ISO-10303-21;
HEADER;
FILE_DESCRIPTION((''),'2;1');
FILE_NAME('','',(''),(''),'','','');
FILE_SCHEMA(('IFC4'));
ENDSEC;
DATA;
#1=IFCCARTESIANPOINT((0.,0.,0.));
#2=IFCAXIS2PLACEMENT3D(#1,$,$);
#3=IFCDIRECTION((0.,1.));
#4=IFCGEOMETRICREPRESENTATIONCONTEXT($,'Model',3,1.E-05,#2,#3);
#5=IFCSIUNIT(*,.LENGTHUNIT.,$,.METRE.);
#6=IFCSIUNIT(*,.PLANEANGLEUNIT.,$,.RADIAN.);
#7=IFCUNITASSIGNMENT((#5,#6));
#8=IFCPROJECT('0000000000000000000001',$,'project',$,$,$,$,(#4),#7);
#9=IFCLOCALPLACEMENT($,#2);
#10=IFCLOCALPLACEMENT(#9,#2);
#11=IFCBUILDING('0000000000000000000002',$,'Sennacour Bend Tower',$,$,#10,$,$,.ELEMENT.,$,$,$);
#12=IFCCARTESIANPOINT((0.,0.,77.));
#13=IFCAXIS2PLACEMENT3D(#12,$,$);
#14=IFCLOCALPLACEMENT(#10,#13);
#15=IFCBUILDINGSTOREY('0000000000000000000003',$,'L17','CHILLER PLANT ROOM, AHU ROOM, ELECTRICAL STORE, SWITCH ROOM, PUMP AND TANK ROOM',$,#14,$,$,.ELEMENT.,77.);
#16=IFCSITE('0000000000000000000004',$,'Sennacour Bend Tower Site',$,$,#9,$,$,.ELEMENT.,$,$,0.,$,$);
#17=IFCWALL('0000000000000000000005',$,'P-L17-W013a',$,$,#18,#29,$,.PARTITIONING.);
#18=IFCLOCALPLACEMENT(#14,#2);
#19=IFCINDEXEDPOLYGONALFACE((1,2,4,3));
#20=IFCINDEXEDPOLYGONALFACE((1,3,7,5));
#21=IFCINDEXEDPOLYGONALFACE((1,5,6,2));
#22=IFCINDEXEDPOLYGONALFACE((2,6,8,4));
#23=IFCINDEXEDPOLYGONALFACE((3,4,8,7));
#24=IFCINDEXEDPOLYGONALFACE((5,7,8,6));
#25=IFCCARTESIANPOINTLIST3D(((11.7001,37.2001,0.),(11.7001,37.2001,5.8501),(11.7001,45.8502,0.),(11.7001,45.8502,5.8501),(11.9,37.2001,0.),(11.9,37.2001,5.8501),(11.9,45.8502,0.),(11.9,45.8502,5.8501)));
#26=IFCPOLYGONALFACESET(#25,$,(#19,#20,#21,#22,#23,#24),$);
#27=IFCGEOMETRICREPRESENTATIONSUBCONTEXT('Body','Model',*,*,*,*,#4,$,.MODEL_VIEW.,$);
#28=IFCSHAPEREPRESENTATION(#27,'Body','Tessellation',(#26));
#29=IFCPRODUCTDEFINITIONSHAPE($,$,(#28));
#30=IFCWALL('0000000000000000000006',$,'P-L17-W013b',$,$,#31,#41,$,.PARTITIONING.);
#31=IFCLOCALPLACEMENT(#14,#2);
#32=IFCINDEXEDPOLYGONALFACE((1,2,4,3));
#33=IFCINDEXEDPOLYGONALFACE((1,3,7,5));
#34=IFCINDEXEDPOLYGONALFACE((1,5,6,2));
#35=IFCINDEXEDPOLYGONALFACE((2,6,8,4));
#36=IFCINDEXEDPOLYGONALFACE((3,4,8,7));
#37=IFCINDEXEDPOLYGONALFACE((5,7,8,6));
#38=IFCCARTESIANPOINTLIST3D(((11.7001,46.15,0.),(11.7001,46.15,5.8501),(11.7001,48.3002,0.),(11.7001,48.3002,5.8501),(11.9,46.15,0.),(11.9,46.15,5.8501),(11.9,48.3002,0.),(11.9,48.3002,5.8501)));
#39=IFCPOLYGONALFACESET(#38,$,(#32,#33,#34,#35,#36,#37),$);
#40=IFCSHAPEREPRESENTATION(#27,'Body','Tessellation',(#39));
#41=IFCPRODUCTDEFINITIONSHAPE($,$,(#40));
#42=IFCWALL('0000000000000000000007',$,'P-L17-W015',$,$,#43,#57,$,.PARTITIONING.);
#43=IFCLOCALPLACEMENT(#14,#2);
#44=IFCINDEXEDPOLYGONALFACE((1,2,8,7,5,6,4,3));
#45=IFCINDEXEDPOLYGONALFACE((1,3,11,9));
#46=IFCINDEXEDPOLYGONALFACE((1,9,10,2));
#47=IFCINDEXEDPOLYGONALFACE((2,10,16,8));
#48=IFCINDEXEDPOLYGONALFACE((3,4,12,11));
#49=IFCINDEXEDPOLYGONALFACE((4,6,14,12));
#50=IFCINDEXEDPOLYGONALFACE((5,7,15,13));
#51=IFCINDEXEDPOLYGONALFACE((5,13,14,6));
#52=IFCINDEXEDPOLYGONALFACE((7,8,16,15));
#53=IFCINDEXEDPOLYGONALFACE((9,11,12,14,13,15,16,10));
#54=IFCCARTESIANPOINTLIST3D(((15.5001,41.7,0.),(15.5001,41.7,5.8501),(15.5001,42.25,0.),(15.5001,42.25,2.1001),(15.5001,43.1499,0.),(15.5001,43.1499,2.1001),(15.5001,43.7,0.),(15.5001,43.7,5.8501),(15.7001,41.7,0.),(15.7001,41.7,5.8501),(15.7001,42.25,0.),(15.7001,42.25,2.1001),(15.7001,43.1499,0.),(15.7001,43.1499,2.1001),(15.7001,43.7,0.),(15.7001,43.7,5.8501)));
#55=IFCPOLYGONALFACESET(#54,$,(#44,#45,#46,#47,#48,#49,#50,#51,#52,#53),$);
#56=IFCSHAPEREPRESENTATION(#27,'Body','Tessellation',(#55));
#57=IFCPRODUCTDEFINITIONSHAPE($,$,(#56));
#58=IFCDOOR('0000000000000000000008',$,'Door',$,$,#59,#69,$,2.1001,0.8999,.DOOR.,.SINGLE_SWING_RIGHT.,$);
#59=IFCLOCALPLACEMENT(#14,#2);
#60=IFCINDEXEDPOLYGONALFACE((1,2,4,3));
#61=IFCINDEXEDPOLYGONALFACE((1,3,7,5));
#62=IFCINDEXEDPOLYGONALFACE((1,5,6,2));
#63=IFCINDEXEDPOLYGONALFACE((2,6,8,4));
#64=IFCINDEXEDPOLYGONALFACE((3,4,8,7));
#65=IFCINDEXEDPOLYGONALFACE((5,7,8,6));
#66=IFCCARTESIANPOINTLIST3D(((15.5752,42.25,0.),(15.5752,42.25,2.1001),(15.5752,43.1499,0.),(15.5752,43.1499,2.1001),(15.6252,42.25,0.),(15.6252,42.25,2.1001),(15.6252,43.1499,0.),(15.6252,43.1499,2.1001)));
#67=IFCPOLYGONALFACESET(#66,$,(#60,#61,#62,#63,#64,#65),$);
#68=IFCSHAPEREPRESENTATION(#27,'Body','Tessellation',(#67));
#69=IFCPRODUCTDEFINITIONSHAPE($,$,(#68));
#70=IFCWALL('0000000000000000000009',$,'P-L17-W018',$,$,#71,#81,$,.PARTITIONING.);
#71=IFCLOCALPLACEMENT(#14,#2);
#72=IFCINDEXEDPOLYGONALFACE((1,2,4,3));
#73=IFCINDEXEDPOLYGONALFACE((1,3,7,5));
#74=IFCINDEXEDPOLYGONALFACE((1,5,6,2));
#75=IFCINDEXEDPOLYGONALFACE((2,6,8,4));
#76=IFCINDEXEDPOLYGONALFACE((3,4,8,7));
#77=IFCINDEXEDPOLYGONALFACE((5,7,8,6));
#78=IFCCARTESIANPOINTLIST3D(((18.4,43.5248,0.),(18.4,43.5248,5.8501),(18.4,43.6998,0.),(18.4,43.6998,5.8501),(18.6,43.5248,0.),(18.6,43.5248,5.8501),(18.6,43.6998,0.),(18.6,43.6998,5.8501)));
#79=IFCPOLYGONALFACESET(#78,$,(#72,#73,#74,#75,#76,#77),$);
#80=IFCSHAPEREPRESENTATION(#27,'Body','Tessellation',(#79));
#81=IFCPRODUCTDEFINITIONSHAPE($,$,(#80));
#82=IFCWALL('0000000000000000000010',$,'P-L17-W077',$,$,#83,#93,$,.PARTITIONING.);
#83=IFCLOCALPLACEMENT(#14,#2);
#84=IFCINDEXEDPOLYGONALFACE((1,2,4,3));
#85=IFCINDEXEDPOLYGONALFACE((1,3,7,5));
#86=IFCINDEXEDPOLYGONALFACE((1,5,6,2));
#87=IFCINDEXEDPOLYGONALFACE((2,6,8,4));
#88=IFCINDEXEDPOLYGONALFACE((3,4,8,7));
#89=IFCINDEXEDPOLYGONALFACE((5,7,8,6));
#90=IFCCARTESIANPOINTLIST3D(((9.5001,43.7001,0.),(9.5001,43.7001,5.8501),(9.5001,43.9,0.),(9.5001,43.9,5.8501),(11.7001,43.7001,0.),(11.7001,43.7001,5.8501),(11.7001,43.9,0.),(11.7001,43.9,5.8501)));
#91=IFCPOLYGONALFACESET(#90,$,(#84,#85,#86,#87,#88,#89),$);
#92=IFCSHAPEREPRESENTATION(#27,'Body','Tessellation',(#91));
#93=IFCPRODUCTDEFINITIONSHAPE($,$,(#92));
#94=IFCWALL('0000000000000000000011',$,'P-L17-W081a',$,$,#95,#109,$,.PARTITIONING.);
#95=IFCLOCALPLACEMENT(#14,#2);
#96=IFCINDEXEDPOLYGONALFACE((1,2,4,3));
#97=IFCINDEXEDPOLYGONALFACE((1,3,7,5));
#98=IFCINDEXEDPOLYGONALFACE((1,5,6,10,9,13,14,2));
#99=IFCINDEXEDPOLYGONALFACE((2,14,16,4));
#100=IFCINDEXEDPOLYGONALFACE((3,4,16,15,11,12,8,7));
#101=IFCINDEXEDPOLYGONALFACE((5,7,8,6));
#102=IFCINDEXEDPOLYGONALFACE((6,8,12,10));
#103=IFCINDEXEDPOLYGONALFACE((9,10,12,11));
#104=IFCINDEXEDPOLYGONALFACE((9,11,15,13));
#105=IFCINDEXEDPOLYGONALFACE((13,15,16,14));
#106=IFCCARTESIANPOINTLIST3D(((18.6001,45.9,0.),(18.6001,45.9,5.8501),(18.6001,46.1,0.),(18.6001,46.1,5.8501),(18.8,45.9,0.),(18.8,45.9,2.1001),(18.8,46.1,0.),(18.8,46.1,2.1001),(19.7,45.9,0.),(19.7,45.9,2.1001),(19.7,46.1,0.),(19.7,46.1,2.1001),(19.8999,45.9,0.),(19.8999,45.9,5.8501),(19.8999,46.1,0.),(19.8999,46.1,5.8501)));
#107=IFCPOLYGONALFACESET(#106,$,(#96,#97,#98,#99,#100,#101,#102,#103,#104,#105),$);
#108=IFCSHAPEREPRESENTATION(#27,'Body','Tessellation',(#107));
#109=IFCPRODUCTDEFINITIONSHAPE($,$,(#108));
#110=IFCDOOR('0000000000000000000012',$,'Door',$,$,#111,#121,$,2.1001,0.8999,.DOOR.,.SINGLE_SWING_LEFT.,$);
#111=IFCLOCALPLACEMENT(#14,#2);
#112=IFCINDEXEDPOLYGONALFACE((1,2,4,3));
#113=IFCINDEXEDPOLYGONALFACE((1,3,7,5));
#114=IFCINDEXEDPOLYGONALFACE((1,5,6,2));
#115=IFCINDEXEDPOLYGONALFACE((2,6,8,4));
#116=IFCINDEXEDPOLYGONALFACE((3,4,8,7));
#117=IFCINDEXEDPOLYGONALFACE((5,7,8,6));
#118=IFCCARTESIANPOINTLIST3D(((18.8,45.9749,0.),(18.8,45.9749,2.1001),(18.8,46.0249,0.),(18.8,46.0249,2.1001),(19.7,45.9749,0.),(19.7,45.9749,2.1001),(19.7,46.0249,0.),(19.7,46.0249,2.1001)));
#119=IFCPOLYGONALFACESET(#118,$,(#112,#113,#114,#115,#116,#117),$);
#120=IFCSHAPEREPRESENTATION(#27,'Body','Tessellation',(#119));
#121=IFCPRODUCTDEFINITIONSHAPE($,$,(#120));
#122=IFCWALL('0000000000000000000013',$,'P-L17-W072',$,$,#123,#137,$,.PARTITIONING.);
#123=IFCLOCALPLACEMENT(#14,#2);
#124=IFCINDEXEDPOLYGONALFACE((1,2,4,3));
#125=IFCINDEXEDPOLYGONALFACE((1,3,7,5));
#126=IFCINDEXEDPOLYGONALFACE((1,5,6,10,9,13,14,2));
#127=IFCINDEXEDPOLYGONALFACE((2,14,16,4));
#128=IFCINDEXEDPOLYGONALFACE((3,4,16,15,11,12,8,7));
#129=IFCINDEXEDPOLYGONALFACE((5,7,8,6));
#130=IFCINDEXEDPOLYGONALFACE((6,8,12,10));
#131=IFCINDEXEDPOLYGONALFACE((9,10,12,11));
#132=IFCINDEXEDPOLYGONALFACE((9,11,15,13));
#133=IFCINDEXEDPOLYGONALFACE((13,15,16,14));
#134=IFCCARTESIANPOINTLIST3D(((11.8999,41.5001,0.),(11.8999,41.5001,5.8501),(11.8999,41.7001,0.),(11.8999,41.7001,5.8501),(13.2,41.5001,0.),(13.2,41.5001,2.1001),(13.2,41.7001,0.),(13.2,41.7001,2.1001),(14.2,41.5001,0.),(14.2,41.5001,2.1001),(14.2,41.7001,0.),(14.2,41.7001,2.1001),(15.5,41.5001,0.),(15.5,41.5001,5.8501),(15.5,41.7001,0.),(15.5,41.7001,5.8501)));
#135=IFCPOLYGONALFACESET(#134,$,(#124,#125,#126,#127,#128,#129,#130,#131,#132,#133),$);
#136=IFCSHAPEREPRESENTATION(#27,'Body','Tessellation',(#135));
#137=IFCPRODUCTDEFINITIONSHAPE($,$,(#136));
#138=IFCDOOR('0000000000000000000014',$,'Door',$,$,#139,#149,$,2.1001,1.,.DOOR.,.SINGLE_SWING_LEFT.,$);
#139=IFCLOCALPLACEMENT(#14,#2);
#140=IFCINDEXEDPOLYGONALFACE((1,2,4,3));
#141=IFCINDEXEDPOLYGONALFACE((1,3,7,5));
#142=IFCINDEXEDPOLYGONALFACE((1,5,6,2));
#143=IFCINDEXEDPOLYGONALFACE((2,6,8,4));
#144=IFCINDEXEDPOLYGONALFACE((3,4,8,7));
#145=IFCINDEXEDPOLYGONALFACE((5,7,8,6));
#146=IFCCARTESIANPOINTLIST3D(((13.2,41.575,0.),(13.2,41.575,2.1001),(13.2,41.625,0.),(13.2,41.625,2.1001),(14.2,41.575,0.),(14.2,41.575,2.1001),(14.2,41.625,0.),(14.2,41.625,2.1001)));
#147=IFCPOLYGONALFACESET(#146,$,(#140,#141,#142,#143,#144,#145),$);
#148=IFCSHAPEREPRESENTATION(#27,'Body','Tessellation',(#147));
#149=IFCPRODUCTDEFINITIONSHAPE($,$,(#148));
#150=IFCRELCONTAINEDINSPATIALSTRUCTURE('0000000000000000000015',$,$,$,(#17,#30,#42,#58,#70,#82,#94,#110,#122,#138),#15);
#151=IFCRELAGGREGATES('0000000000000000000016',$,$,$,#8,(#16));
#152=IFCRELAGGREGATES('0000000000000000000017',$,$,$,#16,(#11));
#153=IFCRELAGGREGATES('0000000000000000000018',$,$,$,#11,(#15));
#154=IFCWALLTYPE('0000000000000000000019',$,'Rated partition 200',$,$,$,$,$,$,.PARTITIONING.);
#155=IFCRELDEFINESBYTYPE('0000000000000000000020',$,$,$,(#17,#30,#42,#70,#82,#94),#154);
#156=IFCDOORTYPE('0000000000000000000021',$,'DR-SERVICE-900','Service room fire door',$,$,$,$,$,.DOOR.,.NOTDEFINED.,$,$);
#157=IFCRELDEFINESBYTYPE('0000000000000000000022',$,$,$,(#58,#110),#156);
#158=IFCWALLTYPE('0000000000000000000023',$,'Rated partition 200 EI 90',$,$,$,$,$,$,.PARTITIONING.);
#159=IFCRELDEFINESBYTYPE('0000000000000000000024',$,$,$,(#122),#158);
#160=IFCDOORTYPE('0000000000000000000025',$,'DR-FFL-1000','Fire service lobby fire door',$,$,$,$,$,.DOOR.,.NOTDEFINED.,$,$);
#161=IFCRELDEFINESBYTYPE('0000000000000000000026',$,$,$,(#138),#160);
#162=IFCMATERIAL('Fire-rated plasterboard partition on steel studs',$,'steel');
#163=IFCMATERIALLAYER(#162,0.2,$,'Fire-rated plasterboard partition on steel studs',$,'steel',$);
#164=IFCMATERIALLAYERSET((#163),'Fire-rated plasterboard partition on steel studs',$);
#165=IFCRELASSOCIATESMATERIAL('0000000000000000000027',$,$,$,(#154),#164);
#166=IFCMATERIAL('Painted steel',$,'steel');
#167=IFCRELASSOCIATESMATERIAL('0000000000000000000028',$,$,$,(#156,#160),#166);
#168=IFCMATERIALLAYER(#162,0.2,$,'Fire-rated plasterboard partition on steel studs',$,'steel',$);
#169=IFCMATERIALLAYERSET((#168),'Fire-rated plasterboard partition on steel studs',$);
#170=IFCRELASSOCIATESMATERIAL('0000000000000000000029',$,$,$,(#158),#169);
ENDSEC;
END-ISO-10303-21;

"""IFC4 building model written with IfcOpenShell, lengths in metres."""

from ifc_helpers import new_model, si_unit, direction, frame, frame_2d, origin, place, context, subcontext, project, spatial, rectangle, extrude, material, layer, layer_set, type_object, element, fill, save


model = new_model("IFC4")

# Units and contexts
model_context = context("Model", 3, precision=1e-05, world=origin(), true_north=direction((0.0, 1.0)))
body_context = subcontext(model_context, "Body", "Model", "MODEL_VIEW")
ifc_project = project(units=[si_unit("LENGTHUNIT", "METRE"), si_unit("PLANEANGLEUNIT", "RADIAN")], contexts=[model_context])

# Site, building, storey
site_placement = place(None, origin())
site = spatial("IfcSite", under=ifc_project, at=site_placement, Name="Sennacour Bend Tower Site", CompositionType="ELEMENT", RefElevation=0.0)
building_placement = place(site_placement, origin())
building = spatial("IfcBuilding", under=site, at=building_placement, Name="Sennacour Bend Tower", CompositionType="ELEMENT")
storey_placement = place(building_placement, frame((0.0, 0.0, 77.0)))
storey = spatial("IfcBuildingStorey", under=building, at=storey_placement, Name="L17", Description="CHILLER PLANT ROOM, AHU ROOM, ELECTRICAL STORE, SWITCH ROOM, PUMP AND TANK ROOM", CompositionType="ELEMENT", Elevation=77.0)

# Walls
ifc_material_1 = material(Name="Fire-rated plasterboard partition on steel studs", Category="steel")
ifc_layer_1 = layer(ifc_material_1, 0.2, Name="Fire-rated plasterboard partition on steel studs", Category="steel")
ifc_layer_set_1 = layer_set([ifc_layer_1], Name="Fire-rated plasterboard partition on steel studs")
wall_type_1 = type_object("IfcWallType", Name="Rated partition 200", PredefinedType="PARTITIONING", material=ifc_layer_set_1)
wall_1_placement = place(storey_placement, frame((11.8, 37.2, 0.0), z_axis=(0.0, 0.0, 1.0), x_axis=(0.0, 1.0, 0.0)))
element("IfcWall", 1, at=wall_1_placement, inside=storey, type_object=wall_type_1, Name="P-L17-W013a", PredefinedType="PARTITIONING", context=body_context, shape_type="SweptSolid", body=[
    extrude(rectangle(XDim=8.6501, YDim=0.2, at=frame_2d((4.3252, 0.0))), origin(), (0.0, 0.0, 1.0), 5.8501),
])
wall_2_placement = place(storey_placement, frame((11.8, 46.1499, 0.0), z_axis=(0.0, 0.0, 1.0), x_axis=(0.0, 1.0, 0.0)))
element("IfcWall", 2, at=wall_2_placement, inside=storey, type_object=wall_type_1, Name="P-L17-W013b", PredefinedType="PARTITIONING", context=body_context, shape_type="SweptSolid", body=[
    extrude(rectangle(XDim=2.1501, YDim=0.2, at=frame_2d((1.0752, 0.0))), origin(), (0.0, 0.0, 1.0), 5.8501),
])

# Wall, opening, door
wall_3_placement = place(storey_placement, frame((15.6001, 41.7, 0.0), z_axis=(0.0, 0.0, 1.0), x_axis=(0.0, 1.0, 0.0)))
wall_3 = element("IfcWall", 3, at=wall_3_placement, inside=storey, type_object=wall_type_1, Name="P-L17-W015", PredefinedType="PARTITIONING", context=body_context, shape_type="SweptSolid", body=[
    extrude(rectangle(XDim=2.0, YDim=0.2, at=frame_2d((1.0, 0.0))), origin(), (0.0, 0.0, 1.0), 5.8501),
])
opening_1_placement = place(wall_3_placement, frame((0.55, 0.0, 0.0)))
opening_1 = element("IfcOpeningElement", 4, at=opening_1_placement, cuts=wall_3, PredefinedType="OPENING", context=body_context, shape_type="SweptSolid", body=[
    extrude(rectangle(XDim=0.8999, YDim=2.1001, at=frame_2d((0.45, 1.05))), frame((0.0, 0.1099, 0.0), z_axis=(0.0, -1.0, 0.0), x_axis=(1.0, 0.0, 0.0)), (0.0, 0.0, 1.0), 0.22),
])
ifc_material_2 = material(Name="Painted steel", Category="steel")
door_type_1 = type_object("IfcDoorType", Name="DR-SERVICE-900", Description="Service room fire door", OperationType="NOTDEFINED", PredefinedType="DOOR", material=ifc_material_2)
door_1_placement = place(opening_1_placement, origin())
door_1 = element("IfcDoor", 5, at=door_1_placement, inside=storey, type_object=door_type_1, Name="Door", OperationType="SINGLE_SWING_RIGHT", OverallHeight=2.1001, OverallWidth=0.8999, PredefinedType="DOOR", context=body_context, shape_type="SweptSolid", body=[
    extrude(rectangle(XDim=0.8999, YDim=2.1001, at=frame_2d((0.45, 1.05))), frame((0.0, 0.0249, 0.0), z_axis=(0.0, -1.0, 0.0), x_axis=(1.0, 0.0, 0.0)), (0.0, 0.0, 1.0), 0.05),
])
fill(opening_1, door_1)

# Walls
wall_4_placement = place(storey_placement, frame((18.5, 43.5249, 0.0), z_axis=(0.0, 0.0, 1.0), x_axis=(0.0, 1.0, 0.0)))
element("IfcWall", 6, at=wall_4_placement, inside=storey, type_object=wall_type_1, Name="P-L17-W018", PredefinedType="PARTITIONING", context=body_context, shape_type="SweptSolid", body=[
    extrude(rectangle(XDim=0.175, YDim=0.2, at=frame_2d((0.0874, 0.0))), origin(), (0.0, 0.0, 1.0), 5.8501),
])
wall_5_placement = place(storey_placement, frame((9.5, 43.8, 0.0), z_axis=(0.0, 0.0, 1.0), x_axis=(1.0, 0.0, 0.0)))
element("IfcWall", 7, at=wall_5_placement, inside=storey, type_object=wall_type_1, Name="P-L17-W077", PredefinedType="PARTITIONING", context=body_context, shape_type="SweptSolid", body=[
    extrude(rectangle(XDim=2.2, YDim=0.2, at=frame_2d((1.1001, 0.0))), origin(), (0.0, 0.0, 1.0), 5.8501),
])

# Walls, openings, doors
wall_6_placement = place(storey_placement, frame((18.6001, 46.0, 0.0), z_axis=(0.0, 0.0, 1.0), x_axis=(1.0, 0.0, 0.0)))
wall_6 = element("IfcWall", 8, at=wall_6_placement, inside=storey, type_object=wall_type_1, Name="P-L17-W081a", PredefinedType="PARTITIONING", context=body_context, shape_type="SweptSolid", body=[
    extrude(rectangle(XDim=1.2998, YDim=0.2, at=frame_2d((0.6499, 0.0))), origin(), (0.0, 0.0, 1.0), 5.8501),
])
opening_2_placement = place(wall_6_placement, frame((0.2, 0.0, 0.0)))
opening_2 = element("IfcOpeningElement", 9, at=opening_2_placement, cuts=wall_6, PredefinedType="OPENING", context=body_context, shape_type="SweptSolid", body=[
    extrude(rectangle(XDim=0.8999, YDim=2.1001, at=frame_2d((0.45, 1.05))), frame((0.0, 0.1099, 0.0), z_axis=(0.0, -1.0, 0.0), x_axis=(1.0, 0.0, 0.0)), (0.0, 0.0, 1.0), 0.22),
])
door_2_placement = place(opening_2_placement, origin())
door_2 = element("IfcDoor", 10, at=door_2_placement, inside=storey, type_object=door_type_1, Name="Door", OperationType="SINGLE_SWING_LEFT", OverallHeight=2.1001, OverallWidth=0.8999, PredefinedType="DOOR", context=body_context, shape_type="SweptSolid", body=[
    extrude(rectangle(XDim=0.8999, YDim=2.1001, at=frame_2d((0.45, 1.05))), frame((0.0, 0.0249, 0.0), z_axis=(0.0, -1.0, 0.0), x_axis=(1.0, 0.0, 0.0)), (0.0, 0.0, 1.0), 0.05),
])
fill(opening_2, door_2)
ifc_layer_2 = layer(ifc_material_1, 0.2, Name="Fire-rated plasterboard partition on steel studs", Category="steel")
ifc_layer_set_2 = layer_set([ifc_layer_2], Name="Fire-rated plasterboard partition on steel studs")
wall_type_2 = type_object("IfcWallType", Name="Rated partition 200 EI 90", PredefinedType="PARTITIONING", material=ifc_layer_set_2)
wall_7_placement = place(storey_placement, frame((11.8999, 41.6001, 0.0), z_axis=(0.0, 0.0, 1.0), x_axis=(1.0, 0.0, 0.0)))
wall_7 = element("IfcWall", 11, at=wall_7_placement, inside=storey, type_object=wall_type_2, Name="P-L17-W072", PredefinedType="PARTITIONING", context=body_context, shape_type="SweptSolid", body=[
    extrude(rectangle(XDim=3.6001, YDim=0.2, at=frame_2d((1.8, 0.0))), origin(), (0.0, 0.0, 1.0), 5.8501),
])
opening_3_placement = place(wall_7_placement, frame((1.3, 0.0, 0.0)))
opening_3 = element("IfcOpeningElement", 12, at=opening_3_placement, cuts=wall_7, PredefinedType="OPENING", context=body_context, shape_type="SweptSolid", body=[
    extrude(rectangle(XDim=1.0, YDim=2.1001, at=frame_2d((0.5, 1.05))), frame((0.0, 0.1099, 0.0), z_axis=(0.0, -1.0, 0.0), x_axis=(1.0, 0.0, 0.0)), (0.0, 0.0, 1.0), 0.22),
])
door_type_2 = type_object("IfcDoorType", Name="DR-FFL-1000", Description="Fire service lobby fire door", OperationType="NOTDEFINED", PredefinedType="DOOR", material=ifc_material_2)
door_3_placement = place(opening_3_placement, origin())
door_3 = element("IfcDoor", 13, at=door_3_placement, inside=storey, type_object=door_type_2, Name="Door", OperationType="SINGLE_SWING_LEFT", OverallHeight=2.1001, OverallWidth=1.0, PredefinedType="DOOR", context=body_context, shape_type="SweptSolid", body=[
    extrude(rectangle(XDim=1.0, YDim=2.1001, at=frame_2d((0.5, 1.05))), frame((0.0, 0.0249, 0.0), z_axis=(0.0, -1.0, 0.0), x_axis=(1.0, 0.0, 0.0)), (0.0, 0.0, 1.0), 0.05),
])
fill(opening_3, door_3)

save(model, "model.ifc")
